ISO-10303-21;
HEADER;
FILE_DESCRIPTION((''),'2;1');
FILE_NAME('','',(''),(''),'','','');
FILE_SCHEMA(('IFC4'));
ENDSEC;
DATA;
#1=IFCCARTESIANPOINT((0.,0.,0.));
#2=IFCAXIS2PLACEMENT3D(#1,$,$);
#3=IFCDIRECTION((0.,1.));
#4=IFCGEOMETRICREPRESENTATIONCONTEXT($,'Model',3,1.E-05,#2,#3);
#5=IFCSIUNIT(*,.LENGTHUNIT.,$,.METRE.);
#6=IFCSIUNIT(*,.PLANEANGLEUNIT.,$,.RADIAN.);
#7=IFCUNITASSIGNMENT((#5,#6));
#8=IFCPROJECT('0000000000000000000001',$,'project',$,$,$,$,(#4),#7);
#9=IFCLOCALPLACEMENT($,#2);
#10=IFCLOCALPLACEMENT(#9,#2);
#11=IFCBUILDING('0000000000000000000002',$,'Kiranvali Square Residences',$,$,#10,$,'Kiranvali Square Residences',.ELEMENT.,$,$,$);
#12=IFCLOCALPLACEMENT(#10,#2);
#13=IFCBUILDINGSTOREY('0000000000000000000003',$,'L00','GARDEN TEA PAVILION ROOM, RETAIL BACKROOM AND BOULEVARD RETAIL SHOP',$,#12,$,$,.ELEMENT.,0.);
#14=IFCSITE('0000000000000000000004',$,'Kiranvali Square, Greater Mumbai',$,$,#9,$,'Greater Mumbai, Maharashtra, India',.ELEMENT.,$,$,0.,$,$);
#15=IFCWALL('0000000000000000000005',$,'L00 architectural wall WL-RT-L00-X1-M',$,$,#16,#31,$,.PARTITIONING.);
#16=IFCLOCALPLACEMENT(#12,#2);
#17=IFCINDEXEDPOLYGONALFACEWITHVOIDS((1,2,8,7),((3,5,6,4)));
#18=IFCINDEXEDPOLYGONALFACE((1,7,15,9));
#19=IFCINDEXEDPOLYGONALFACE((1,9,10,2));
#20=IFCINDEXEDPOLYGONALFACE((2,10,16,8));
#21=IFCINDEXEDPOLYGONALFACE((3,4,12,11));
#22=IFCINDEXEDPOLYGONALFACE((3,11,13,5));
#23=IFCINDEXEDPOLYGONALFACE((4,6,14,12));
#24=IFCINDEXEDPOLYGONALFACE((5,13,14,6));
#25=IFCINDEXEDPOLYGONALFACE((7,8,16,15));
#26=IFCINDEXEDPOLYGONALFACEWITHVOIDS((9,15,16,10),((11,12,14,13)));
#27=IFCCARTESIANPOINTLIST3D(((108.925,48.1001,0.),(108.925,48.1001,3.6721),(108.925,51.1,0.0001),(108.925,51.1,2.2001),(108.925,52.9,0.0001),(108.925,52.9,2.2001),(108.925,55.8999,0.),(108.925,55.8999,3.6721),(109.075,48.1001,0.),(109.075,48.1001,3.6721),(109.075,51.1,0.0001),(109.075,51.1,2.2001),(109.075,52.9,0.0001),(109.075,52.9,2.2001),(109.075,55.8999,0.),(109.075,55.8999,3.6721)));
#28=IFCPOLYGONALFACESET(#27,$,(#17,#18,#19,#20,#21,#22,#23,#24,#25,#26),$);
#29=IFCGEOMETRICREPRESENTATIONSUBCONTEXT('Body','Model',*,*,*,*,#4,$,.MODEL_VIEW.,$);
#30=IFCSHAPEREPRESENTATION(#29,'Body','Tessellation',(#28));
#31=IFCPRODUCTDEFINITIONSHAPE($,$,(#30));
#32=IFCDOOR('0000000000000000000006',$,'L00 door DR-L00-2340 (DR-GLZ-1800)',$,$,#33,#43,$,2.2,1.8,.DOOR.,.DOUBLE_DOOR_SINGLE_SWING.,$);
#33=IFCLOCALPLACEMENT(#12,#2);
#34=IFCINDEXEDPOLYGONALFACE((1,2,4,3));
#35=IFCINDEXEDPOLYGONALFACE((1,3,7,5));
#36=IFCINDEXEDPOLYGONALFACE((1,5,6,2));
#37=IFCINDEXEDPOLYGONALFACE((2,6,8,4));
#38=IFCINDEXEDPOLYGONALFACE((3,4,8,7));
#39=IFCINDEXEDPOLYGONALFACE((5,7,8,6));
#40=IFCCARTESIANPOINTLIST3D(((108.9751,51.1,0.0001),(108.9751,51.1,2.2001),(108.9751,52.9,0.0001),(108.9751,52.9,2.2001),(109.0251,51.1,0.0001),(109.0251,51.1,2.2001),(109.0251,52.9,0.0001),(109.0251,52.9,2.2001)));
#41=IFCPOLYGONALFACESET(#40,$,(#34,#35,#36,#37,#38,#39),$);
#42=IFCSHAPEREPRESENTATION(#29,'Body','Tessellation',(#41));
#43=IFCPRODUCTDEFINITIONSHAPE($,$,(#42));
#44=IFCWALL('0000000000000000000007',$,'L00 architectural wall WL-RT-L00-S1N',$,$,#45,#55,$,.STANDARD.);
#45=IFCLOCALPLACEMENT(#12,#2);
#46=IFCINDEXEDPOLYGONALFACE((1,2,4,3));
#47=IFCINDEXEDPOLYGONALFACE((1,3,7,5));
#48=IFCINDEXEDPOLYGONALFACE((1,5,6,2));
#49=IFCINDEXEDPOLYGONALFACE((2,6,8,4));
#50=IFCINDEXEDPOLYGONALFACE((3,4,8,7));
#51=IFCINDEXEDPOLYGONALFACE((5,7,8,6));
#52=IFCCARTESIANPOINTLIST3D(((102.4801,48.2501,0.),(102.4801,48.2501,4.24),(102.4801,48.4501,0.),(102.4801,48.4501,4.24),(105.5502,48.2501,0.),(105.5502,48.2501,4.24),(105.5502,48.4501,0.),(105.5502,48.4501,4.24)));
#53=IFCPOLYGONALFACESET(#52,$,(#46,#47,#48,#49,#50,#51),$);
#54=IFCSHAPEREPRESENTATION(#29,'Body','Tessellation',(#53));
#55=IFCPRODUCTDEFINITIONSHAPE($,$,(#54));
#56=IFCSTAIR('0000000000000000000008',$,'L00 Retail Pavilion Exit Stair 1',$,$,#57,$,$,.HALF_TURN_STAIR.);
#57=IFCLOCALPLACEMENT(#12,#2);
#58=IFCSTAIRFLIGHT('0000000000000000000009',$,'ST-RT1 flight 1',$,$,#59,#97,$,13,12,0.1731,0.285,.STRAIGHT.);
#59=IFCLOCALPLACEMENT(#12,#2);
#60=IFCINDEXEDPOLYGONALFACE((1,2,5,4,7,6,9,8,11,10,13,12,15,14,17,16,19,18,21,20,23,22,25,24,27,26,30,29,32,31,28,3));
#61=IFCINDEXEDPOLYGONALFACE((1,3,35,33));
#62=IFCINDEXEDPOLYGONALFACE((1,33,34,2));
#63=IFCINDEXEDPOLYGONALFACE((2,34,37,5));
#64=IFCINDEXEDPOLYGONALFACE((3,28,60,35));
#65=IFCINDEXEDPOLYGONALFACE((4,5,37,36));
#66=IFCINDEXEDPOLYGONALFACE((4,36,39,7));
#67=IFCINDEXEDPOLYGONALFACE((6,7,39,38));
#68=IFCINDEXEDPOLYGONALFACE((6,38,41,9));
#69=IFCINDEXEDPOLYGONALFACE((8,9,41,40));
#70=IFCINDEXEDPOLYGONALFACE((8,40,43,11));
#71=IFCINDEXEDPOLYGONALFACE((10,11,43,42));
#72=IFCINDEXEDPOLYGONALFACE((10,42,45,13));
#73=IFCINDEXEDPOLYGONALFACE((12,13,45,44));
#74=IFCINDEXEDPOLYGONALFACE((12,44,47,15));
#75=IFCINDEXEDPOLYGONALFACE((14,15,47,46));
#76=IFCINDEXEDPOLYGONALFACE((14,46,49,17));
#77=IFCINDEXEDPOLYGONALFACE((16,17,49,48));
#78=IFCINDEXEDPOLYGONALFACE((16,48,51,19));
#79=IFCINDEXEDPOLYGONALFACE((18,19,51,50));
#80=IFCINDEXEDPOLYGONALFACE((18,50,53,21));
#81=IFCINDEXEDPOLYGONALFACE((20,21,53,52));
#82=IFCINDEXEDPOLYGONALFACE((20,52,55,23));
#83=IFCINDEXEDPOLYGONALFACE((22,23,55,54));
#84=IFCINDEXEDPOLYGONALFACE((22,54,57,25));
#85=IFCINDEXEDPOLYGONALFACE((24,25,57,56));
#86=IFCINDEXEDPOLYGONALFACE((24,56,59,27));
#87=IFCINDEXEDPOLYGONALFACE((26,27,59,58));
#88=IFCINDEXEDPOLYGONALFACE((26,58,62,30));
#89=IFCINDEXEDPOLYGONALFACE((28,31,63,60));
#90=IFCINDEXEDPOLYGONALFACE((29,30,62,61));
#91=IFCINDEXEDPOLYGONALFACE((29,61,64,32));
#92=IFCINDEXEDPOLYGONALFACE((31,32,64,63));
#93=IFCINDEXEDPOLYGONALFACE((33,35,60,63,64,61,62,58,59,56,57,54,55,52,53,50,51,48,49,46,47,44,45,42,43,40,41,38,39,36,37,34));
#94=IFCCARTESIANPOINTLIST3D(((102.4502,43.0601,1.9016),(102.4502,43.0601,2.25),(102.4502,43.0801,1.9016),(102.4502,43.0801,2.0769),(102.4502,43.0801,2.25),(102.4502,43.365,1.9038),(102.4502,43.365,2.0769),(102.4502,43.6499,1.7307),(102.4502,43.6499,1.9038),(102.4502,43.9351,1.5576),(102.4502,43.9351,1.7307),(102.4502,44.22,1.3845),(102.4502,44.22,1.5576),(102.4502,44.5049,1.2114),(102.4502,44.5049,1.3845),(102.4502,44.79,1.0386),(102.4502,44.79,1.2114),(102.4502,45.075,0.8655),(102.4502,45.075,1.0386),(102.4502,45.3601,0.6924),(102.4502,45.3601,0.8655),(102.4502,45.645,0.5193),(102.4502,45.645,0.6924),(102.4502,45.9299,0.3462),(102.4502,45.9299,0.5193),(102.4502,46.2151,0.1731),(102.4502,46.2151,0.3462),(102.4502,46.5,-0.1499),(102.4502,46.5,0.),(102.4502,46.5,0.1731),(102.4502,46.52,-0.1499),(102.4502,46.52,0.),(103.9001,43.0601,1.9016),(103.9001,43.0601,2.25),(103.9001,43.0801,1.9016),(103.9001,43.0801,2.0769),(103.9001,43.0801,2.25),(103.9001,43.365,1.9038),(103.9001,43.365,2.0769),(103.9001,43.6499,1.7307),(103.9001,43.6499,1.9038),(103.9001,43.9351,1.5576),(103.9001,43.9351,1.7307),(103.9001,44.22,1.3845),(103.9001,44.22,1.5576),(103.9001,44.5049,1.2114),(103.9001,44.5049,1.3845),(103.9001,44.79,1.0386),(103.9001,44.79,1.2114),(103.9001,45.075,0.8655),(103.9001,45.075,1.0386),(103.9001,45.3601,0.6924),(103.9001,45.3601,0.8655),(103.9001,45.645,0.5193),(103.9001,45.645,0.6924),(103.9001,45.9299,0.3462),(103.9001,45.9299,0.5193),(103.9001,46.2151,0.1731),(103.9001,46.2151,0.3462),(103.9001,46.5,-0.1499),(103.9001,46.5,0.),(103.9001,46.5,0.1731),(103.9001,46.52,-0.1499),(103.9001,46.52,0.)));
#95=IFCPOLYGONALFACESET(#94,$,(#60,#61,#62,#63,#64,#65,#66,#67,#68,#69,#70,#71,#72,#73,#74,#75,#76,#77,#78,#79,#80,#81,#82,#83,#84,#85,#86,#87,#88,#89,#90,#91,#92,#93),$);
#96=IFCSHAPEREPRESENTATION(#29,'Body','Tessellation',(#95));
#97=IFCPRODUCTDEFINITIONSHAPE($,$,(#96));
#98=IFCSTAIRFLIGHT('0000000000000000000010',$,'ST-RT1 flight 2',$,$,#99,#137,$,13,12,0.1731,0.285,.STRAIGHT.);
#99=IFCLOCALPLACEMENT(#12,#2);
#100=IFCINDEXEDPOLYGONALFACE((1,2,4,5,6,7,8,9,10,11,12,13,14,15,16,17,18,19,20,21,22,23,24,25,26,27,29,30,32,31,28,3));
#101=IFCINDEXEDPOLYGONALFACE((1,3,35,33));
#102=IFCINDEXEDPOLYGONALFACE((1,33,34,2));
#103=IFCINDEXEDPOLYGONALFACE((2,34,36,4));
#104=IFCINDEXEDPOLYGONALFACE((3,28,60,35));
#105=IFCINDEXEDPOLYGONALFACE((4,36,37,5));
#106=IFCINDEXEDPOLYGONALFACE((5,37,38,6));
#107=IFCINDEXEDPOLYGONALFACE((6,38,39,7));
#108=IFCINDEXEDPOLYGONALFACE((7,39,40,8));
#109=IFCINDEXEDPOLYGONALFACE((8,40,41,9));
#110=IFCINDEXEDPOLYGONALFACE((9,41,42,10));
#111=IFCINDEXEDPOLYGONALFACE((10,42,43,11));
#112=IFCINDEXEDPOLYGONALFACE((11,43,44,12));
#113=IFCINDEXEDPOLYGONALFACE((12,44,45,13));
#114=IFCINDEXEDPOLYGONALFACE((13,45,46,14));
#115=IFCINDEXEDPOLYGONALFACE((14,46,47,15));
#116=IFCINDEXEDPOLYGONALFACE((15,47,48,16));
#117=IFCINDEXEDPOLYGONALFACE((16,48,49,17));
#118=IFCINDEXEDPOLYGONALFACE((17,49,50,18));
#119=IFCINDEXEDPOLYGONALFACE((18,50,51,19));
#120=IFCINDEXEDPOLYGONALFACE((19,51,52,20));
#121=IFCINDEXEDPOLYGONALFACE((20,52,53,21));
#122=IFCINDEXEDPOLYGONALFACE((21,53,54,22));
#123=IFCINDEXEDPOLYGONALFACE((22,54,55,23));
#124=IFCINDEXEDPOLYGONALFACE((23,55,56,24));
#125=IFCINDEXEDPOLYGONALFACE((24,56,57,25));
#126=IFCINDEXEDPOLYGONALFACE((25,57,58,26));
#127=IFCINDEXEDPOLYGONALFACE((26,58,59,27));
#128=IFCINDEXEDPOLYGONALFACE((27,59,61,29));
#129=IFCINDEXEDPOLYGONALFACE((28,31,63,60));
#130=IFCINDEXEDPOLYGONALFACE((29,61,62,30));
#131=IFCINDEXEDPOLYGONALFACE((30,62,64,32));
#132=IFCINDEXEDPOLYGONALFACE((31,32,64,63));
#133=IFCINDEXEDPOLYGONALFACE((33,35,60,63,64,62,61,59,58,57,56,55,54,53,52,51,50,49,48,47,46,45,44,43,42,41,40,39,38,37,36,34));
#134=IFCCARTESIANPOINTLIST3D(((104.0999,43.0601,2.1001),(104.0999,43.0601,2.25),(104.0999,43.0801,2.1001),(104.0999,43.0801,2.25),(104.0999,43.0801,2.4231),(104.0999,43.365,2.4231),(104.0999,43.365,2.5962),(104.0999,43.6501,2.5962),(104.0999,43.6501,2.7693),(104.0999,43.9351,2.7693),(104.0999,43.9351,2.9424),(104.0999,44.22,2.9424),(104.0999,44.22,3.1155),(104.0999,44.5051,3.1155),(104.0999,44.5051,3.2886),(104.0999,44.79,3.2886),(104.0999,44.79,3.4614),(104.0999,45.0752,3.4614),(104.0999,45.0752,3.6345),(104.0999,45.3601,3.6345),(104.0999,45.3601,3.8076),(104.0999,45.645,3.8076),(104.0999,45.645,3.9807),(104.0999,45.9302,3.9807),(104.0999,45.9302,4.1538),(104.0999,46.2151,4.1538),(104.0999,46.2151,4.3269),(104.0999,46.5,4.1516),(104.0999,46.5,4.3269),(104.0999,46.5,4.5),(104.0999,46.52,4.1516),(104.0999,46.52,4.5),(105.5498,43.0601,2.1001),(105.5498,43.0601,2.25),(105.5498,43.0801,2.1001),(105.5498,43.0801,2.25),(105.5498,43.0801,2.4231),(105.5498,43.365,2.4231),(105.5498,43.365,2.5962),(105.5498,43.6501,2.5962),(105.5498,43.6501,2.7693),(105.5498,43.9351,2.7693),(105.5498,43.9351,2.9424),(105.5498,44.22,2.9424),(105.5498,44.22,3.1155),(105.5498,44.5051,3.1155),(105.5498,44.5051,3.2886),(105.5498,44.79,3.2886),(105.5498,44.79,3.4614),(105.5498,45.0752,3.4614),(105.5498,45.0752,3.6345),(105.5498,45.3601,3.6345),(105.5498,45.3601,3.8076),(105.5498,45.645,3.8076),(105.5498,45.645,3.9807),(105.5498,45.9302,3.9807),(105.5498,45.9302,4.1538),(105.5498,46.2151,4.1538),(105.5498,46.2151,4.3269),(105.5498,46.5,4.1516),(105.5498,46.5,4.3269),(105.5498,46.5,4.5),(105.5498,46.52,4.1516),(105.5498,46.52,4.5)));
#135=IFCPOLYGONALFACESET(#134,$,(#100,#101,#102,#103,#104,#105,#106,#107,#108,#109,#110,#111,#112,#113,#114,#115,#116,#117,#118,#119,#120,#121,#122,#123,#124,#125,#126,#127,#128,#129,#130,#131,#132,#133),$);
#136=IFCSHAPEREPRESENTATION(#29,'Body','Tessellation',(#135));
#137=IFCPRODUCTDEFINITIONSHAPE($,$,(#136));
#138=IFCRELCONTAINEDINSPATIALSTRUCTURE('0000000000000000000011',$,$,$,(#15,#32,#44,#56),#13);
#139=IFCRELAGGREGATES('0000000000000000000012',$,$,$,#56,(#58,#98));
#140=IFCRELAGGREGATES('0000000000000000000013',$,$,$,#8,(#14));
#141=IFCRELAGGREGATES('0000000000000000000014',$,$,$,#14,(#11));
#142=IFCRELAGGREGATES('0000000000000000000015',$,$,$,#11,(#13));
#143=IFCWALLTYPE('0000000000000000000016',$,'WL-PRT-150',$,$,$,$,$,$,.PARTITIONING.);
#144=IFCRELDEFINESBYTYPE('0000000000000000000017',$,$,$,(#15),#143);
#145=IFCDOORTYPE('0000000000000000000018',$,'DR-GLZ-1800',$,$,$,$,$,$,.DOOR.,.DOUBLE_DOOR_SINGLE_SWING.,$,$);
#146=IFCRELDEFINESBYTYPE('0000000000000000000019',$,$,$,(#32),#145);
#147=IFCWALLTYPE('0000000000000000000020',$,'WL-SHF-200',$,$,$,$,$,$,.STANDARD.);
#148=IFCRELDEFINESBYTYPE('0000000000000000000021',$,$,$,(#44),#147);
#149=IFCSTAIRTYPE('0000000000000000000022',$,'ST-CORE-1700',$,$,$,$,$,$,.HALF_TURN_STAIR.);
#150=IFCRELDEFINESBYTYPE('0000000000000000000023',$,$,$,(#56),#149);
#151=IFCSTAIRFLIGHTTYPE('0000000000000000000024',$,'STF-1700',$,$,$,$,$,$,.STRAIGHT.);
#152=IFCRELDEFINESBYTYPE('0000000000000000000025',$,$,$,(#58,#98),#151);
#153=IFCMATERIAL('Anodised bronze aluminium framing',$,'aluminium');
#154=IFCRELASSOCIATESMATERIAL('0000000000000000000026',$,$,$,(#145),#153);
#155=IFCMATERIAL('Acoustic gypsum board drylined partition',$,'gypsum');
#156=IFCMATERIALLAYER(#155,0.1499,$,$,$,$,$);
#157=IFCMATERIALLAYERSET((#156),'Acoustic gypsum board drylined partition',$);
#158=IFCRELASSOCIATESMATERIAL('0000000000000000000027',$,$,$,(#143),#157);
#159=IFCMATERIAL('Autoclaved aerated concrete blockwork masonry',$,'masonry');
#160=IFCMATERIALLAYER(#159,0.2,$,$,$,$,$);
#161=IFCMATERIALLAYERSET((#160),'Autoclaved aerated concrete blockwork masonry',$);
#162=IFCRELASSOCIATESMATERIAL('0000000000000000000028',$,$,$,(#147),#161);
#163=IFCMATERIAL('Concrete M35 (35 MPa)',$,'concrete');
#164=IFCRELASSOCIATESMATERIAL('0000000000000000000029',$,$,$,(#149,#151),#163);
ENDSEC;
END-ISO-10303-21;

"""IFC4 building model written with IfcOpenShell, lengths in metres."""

from ifc_helpers import new_model, si_unit, direction, frame, frame_2d, origin, place, context, subcontext, project, spatial, polyline, rectangle, outline, extrude, material, layer, layer_set, type_object, element, fill, aggregate, save


model = new_model("IFC4")

# Units and contexts
model_context = context("Model", 3, precision=1e-05, world=origin(), true_north=direction((0.0, 1.0)))
body_context = subcontext(model_context, "Body", "Model", "MODEL_VIEW")
ifc_project = project(units=[si_unit("LENGTHUNIT", "METRE"), si_unit("PLANEANGLEUNIT", "RADIAN")], contexts=[model_context])

# Site, building, storey
site_placement = place(None, origin())
site = spatial("IfcSite", under=ifc_project, at=site_placement, Name="Kiranvali Square, Greater Mumbai", LongName="Greater Mumbai, Maharashtra, India", CompositionType="ELEMENT", RefElevation=0.0)
building_placement = place(site_placement, origin())
building = spatial("IfcBuilding", under=site, at=building_placement, Name="Kiranvali Square Residences", LongName="Kiranvali Square Residences", CompositionType="ELEMENT")
storey_placement = place(building_placement, origin())
storey = spatial("IfcBuildingStorey", under=building, at=storey_placement, Name="L00", Description="GARDEN TEA PAVILION ROOM, RETAIL BACKROOM AND BOULEVARD RETAIL SHOP", CompositionType="ELEMENT", Elevation=0.0)

# Shared definitions
ifc_material_1 = material(Name="Autoclaved aerated concrete blockwork masonry", Category="masonry")
ifc_material_2 = material(Name="Anodised bronze aluminium framing", Category="aluminium")
door_type = type_object("IfcDoorType", Name="DR-GLZ-1800", OperationType="DOUBLE_DOOR_SINGLE_SWING", PredefinedType="DOOR", material=ifc_material_2)

# Wall, opening, door
ifc_material_3 = material(Name="Acoustic gypsum board drylined partition", Category="gypsum")
ifc_layer_1 = layer(ifc_material_3, 0.1499)
ifc_layer_set_1 = layer_set([ifc_layer_1], Name="Acoustic gypsum board drylined partition")
wall_type_1 = type_object("IfcWallType", Name="WL-PRT-150", PredefinedType="PARTITIONING", material=ifc_layer_set_1)
wall_1_placement = place(storey_placement, frame((109.0, 48.1001, 0.0), z_axis=(0.0, 0.0, 1.0), x_axis=(0.0, 1.0, 0.0)))
wall_1 = element("IfcWall", 1, at=wall_1_placement, inside=storey, type_object=wall_type_1, Name="L00 architectural wall WL-RT-L00-X1-M", PredefinedType="PARTITIONING", context=body_context, shape_type="SweptSolid", body=[
    extrude(rectangle(XDim=7.7998, YDim=0.1499, at=frame_2d((3.8999, 0.0))), origin(), (0.0, 0.0, 1.0), 3.6721),
])
opening_1_placement = place(wall_1_placement, frame((3.0, 0.0, 0.0)))
opening_1 = element("IfcOpeningElement", 2, at=opening_1_placement, cuts=wall_1, PredefinedType="OPENING", context=body_context, shape_type="SweptSolid", body=[
    extrude(rectangle(XDim=1.8, YDim=2.2, at=frame_2d((0.8999, 1.1001))), frame((0.0, 0.085, 0.0), z_axis=(0.0, -1.0, 0.0), x_axis=(1.0, 0.0, 0.0)), (0.0, 0.0, 1.0), 0.1699),
])
door_1_placement = place(opening_1_placement, origin())
door_1 = element("IfcDoor", 3, at=door_1_placement, inside=storey, type_object=door_type, Name="L00 door DR-L00-2340 (DR-GLZ-1800)", OperationType="DOUBLE_DOOR_SINGLE_SWING", OverallHeight=2.2, OverallWidth=1.8, PredefinedType="DOOR", context=body_context, shape_type="SweptSolid", body=[
    extrude(rectangle(XDim=1.8, YDim=2.2, at=frame_2d((0.8999, 1.1001))), frame((0.0, 0.0249, 0.0), z_axis=(0.0, -1.0, 0.0), x_axis=(1.0, 0.0, 0.0)), (0.0, 0.0, 1.0), 0.05),
])
fill(opening_1, door_1)

# Wall
ifc_layer_2 = layer(ifc_material_1, 0.2)
ifc_layer_set_2 = layer_set([ifc_layer_2], Name="Autoclaved aerated concrete blockwork masonry")
wall_type_2 = type_object("IfcWallType", Name="WL-SHF-200", PredefinedType="STANDARD", material=ifc_layer_set_2)
wall_2_placement = place(storey_placement, frame((102.48, 48.3501, 0.0), z_axis=(0.0, 0.0, 1.0), x_axis=(1.0, 0.0, 0.0)))
element("IfcWall", 4, at=wall_2_placement, inside=storey, type_object=wall_type_2, Name="L00 architectural wall WL-RT-L00-S1N", PredefinedType="STANDARD", context=body_context, shape_type="SweptSolid", body=[
    extrude(rectangle(XDim=3.0701, YDim=0.2, at=frame_2d((1.5352, 0.0))), origin(), (0.0, 0.0, 1.0), 4.24),
])

# Stair, stair flights
ifc_material_4 = material(Name="Concrete M35 (35 MPa)", Category="concrete")
stair_type = type_object("IfcStairType", Name="ST-CORE-1700", PredefinedType="HALF_TURN_STAIR", material=ifc_material_4)
stair_placement = place(storey_placement, origin())
stair = element("IfcStair", 5, at=stair_placement, inside=storey, type_object=stair_type, Name="L00 Retail Pavilion Exit Stair 1", PredefinedType="HALF_TURN_STAIR")
stair_flight_type = type_object("IfcStairFlightType", Name="STF-1700", PredefinedType="STRAIGHT", material=ifc_material_4)
stair_flight_1_placement = place(storey_placement, frame((103.175, 46.5, 0.0), z_axis=(0.0, 0.0, 1.0), x_axis=(0.0, -1.0, 0.0)))
stair_flight_1 = element("IfcStairFlight", 6, at=stair_flight_1_placement, type_object=stair_flight_type, Name="ST-RT1 flight 1", NumberOfRisers=13, NumberOfTreads=12, PredefinedType="STRAIGHT", RiserHeight=0.1731, TreadLength=0.285, context=body_context, shape_type="SweptSolid", body=[
    extrude(outline(polyline([(-0.02, -0.1499), (-0.02, 0.0), (0.0, 0.0), (0.0, 0.1731), (0.2849, 0.1731), (0.2849, 0.3462), (0.5701, 0.3462), (0.5701, 0.5193), (0.855, 0.5193), (0.855, 0.6924), (1.1399, 0.6924), (1.1399, 0.8655), (1.425, 0.8655), (1.425, 1.0386), (1.71, 1.0386), (1.71, 1.2114), (1.9951, 1.2114), (1.9951, 1.3845), (2.28, 1.3845), (2.28, 1.5576), (2.5649, 1.5576), (2.5649, 1.7307), (2.8501, 1.7307), (2.8501, 1.9038), (3.135, 1.9038), (3.135, 2.0769), (3.4199, 2.0769), (3.4199, 2.25), (3.4399, 2.25), (3.4399, 1.9016), (3.4199, 1.9016), (0.0, -0.1499), (-0.02, -0.1499)])), frame((0.0, 0.7251, 0.0), z_axis=(0.0, -1.0, 0.0), x_axis=(1.0, 0.0, 0.0)), (0.0, 0.0, 1.0), 1.45),
])
stair_flight_2_placement = place(storey_placement, frame((104.825, 43.0801, 2.25), z_axis=(0.0, 0.0, 1.0), x_axis=(0.0, 1.0, 0.0)))
stair_flight_2 = element("IfcStairFlight", 7, at=stair_flight_2_placement, type_object=stair_flight_type, Name="ST-RT1 flight 2", NumberOfRisers=13, NumberOfTreads=12, PredefinedType="STRAIGHT", RiserHeight=0.1731, TreadLength=0.285, context=body_context, shape_type="SweptSolid", body=[
    extrude(outline(polyline([(-0.02, -0.1499), (-0.02, 0.0), (0.0, 0.0), (0.0, 0.1731), (0.2849, 0.1731), (0.2849, 0.3462), (0.5701, 0.3462), (0.5701, 0.5193), (0.855, 0.5193), (0.855, 0.6924), (1.1399, 0.6924), (1.1399, 0.8655), (1.425, 0.8655), (1.425, 1.0386), (1.71, 1.0386), (1.71, 1.2114), (1.9951, 1.2114), (1.9951, 1.3845), (2.28, 1.3845), (2.28, 1.5576), (2.5649, 1.5576), (2.5649, 1.7307), (2.8501, 1.7307), (2.8501, 1.9038), (3.135, 1.9038), (3.135, 2.0769), (3.4199, 2.0769), (3.4199, 2.25), (3.4399, 2.25), (3.4399, 1.9016), (3.4199, 1.9016), (0.0, -0.1499), (-0.02, -0.1499)])), frame((0.0, 0.7251, 0.0), z_axis=(0.0, -1.0, 0.0), x_axis=(1.0, 0.0, 0.0)), (0.0, 0.0, 1.0), 1.45),
])
aggregate(stair, [stair_flight_1, stair_flight_2])

save(model, "model.ifc")
